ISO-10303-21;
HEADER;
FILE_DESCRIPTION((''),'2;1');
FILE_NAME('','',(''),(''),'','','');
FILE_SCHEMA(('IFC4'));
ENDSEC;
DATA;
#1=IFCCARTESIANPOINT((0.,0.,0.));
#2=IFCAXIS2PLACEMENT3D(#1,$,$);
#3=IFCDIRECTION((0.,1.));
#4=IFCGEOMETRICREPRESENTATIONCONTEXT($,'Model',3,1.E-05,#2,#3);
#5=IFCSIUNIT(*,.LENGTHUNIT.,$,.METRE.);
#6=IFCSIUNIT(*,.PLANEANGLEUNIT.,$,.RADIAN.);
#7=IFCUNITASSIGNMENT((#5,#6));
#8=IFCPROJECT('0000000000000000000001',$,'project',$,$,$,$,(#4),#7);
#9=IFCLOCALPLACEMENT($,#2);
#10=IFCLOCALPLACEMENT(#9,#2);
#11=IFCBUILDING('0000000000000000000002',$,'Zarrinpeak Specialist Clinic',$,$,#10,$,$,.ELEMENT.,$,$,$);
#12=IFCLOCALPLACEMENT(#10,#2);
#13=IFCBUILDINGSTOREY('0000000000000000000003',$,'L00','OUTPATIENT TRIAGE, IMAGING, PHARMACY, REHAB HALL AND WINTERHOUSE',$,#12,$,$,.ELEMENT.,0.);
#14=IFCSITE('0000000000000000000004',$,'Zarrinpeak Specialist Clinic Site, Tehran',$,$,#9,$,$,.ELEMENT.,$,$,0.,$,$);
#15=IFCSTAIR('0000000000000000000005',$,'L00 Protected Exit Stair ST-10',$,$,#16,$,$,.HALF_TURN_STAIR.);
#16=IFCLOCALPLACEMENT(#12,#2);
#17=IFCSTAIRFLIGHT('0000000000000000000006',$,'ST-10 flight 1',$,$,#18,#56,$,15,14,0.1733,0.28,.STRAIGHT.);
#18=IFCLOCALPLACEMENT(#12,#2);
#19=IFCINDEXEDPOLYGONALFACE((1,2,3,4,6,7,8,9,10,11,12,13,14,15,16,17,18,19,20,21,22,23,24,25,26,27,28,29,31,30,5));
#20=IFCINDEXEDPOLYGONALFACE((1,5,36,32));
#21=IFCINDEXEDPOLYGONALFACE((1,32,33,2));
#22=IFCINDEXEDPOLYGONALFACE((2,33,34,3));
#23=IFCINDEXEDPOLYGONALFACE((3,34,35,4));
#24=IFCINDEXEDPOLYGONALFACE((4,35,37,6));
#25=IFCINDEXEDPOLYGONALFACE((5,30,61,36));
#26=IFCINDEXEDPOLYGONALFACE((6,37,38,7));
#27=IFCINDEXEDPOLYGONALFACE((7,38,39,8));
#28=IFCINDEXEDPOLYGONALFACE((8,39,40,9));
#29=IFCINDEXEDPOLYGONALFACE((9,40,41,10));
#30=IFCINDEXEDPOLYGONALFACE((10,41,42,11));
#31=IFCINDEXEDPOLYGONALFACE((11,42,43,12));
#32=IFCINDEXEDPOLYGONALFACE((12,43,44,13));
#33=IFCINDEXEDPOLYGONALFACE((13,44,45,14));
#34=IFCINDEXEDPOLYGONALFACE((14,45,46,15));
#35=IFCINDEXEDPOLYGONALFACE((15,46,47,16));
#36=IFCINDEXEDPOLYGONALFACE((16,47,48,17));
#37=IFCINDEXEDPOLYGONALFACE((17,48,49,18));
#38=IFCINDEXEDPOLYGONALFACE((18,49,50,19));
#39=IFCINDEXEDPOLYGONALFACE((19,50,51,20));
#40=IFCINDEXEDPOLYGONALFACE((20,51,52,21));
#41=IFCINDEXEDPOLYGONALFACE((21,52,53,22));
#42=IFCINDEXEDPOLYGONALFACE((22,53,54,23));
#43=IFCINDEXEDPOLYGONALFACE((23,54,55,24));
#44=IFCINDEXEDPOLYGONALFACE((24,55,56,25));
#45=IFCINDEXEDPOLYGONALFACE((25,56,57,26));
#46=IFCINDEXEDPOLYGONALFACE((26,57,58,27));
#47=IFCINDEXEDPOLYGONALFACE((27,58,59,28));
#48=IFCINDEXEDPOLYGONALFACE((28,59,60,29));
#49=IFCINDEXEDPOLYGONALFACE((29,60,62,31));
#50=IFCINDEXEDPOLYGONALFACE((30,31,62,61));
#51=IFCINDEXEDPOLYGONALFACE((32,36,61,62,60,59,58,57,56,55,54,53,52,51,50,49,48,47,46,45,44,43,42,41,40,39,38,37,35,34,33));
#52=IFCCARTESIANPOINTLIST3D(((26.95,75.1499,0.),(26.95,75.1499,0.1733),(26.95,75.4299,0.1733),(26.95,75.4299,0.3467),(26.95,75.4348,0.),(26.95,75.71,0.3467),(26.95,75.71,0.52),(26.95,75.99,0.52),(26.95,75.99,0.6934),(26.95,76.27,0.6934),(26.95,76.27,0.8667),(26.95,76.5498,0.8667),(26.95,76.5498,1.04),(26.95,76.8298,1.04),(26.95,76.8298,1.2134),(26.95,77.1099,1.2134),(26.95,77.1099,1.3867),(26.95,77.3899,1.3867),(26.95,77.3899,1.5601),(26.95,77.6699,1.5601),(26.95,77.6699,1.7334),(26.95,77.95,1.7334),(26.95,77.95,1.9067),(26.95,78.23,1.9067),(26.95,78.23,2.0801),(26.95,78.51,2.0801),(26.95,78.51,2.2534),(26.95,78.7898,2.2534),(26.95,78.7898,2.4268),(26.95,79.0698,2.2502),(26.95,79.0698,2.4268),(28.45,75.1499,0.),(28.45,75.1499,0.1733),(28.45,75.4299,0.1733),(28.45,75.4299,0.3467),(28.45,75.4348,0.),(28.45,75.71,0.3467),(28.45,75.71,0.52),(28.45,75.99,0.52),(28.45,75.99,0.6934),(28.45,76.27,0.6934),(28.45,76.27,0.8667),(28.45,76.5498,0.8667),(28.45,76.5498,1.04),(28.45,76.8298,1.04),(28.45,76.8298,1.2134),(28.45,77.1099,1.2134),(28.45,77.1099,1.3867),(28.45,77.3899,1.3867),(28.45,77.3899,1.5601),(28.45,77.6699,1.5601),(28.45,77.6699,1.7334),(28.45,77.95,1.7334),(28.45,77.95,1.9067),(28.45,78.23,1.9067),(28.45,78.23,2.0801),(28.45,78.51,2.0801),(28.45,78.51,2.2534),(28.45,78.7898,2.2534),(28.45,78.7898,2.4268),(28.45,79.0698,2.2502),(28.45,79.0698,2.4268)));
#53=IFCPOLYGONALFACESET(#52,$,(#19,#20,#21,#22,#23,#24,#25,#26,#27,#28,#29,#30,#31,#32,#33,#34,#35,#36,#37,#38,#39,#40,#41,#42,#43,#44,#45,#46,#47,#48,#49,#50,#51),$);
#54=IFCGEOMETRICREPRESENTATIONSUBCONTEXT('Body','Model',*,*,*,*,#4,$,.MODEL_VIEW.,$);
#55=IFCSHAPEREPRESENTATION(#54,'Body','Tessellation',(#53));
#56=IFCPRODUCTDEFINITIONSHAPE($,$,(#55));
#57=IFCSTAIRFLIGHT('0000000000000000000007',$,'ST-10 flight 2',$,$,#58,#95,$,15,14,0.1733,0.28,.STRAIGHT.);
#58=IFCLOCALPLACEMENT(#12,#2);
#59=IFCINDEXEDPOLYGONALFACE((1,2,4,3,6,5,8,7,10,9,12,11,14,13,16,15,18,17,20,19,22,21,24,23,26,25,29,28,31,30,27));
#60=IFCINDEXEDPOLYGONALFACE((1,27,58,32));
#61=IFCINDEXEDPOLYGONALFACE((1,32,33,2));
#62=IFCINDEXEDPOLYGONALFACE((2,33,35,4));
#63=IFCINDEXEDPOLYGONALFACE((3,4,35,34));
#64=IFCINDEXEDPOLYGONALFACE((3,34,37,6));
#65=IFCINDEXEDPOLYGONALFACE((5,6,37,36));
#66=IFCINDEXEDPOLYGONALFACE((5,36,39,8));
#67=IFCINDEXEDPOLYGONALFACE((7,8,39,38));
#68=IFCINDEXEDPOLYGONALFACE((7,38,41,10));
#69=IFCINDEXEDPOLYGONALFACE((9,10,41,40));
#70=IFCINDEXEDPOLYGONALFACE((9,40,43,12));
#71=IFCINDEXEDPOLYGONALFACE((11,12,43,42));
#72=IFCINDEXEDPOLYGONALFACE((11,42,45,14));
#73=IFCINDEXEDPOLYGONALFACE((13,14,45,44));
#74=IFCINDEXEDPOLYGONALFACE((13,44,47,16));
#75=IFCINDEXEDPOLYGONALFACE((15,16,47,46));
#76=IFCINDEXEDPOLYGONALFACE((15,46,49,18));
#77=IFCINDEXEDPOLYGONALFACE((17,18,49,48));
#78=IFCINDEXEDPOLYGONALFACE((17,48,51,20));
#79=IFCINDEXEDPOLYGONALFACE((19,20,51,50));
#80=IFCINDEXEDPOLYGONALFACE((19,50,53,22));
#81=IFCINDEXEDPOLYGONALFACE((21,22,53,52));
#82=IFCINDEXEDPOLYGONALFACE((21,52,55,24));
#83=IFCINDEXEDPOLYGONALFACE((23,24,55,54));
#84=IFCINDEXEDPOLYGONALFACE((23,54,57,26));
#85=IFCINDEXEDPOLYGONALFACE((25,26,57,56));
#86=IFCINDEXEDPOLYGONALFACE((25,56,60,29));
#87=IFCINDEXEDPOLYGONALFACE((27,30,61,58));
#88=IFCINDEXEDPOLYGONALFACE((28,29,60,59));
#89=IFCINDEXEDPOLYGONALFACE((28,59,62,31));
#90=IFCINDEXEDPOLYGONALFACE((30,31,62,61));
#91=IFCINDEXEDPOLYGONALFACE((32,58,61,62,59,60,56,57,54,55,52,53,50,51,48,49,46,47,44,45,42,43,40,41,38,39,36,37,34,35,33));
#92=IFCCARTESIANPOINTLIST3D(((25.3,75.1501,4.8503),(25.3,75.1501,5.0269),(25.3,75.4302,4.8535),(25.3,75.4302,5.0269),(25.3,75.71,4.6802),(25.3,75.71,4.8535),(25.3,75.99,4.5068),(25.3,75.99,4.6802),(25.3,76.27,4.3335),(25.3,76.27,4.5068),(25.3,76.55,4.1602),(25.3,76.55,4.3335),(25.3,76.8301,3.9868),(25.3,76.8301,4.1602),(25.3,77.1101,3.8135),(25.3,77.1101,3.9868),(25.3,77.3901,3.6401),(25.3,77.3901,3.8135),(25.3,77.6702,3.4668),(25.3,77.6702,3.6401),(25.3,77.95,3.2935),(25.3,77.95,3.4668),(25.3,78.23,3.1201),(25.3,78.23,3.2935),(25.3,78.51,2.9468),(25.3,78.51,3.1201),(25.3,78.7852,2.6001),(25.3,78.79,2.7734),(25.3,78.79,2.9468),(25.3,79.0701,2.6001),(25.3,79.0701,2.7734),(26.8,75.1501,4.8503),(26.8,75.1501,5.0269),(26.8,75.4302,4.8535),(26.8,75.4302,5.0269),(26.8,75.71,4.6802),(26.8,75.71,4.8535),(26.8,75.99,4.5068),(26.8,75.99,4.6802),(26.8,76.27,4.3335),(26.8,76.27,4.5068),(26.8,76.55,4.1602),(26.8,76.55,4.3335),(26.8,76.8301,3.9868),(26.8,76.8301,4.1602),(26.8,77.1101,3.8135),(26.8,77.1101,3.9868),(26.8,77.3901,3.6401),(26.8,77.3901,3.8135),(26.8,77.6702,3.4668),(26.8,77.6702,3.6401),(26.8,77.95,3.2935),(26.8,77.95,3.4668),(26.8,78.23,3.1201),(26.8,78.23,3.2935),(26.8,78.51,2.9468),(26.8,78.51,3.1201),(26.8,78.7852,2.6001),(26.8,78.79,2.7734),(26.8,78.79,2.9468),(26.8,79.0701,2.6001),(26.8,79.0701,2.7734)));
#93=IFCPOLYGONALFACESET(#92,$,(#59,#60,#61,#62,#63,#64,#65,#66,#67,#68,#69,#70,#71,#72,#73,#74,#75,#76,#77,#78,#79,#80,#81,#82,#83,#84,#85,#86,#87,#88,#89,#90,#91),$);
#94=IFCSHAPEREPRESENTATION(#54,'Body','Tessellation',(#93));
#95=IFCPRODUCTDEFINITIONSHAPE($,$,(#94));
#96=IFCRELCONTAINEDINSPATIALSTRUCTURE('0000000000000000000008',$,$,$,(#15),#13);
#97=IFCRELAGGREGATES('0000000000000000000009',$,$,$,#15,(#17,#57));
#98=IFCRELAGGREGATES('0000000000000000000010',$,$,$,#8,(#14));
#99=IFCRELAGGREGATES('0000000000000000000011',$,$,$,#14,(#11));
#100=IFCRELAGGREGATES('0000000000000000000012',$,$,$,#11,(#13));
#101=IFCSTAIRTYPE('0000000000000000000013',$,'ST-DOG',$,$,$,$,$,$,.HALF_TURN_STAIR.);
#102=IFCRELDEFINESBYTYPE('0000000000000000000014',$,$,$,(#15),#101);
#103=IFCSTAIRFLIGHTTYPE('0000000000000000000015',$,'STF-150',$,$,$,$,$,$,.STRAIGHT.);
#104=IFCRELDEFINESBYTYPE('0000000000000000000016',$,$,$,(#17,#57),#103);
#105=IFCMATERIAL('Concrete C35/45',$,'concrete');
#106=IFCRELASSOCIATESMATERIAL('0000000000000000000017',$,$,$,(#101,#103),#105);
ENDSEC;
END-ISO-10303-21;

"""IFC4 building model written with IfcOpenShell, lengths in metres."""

from ifc_helpers import new_model, si_unit, direction, frame, origin, place, context, subcontext, project, spatial, polyline, outline, extrude, material, type_object, element, aggregate, save


model = new_model("IFC4")

# Units and contexts
model_context = context("Model", 3, precision=1e-05, world=origin(), true_north=direction((0.0, 1.0)))
body_context = subcontext(model_context, "Body", "Model", "MODEL_VIEW")
ifc_project = project(units=[si_unit("LENGTHUNIT", "METRE"), si_unit("PLANEANGLEUNIT", "RADIAN")], contexts=[model_context])

# Site, building, storey
site_placement = place(None, origin())
site = spatial("IfcSite", under=ifc_project, at=site_placement, Name="Zarrinpeak Specialist Clinic Site, Tehran", CompositionType="ELEMENT", RefElevation=0.0)
building_placement = place(site_placement, origin())
building = spatial("IfcBuilding", under=site, at=building_placement, Name="Zarrinpeak Specialist Clinic", CompositionType="ELEMENT")
storey_placement = place(building_placement, origin())
storey = spatial("IfcBuildingStorey", under=building, at=storey_placement, Name="L00", Description="OUTPATIENT TRIAGE, IMAGING, PHARMACY, REHAB HALL AND WINTERHOUSE", CompositionType="ELEMENT", Elevation=0.0)

# Stair, stair flights
ifc_material_1 = material(Name="Concrete C35/45", Category="concrete")
stair_type = type_object("IfcStairType", Name="ST-DOG", PredefinedType="HALF_TURN_STAIR", material=ifc_material_1)
stair_placement = place(storey_placement, origin())
stair = element("IfcStair", 1, at=stair_placement, inside=storey, type_object=stair_type, Name="L00 Protected Exit Stair ST-10", PredefinedType="HALF_TURN_STAIR")
stair_flight_type = type_object("IfcStairFlightType", Name="STF-150", PredefinedType="STRAIGHT", material=ifc_material_1)
stair_flight_1_placement = place(storey_placement, frame((27.7, 75.1499, 0.0), z_axis=(0.0, 0.0, 1.0), x_axis=(0.0, 1.0, 0.0)))
stair_flight_1 = element("IfcStairFlight", 2, at=stair_flight_1_placement, type_object=stair_flight_type, Name="ST-10 flight 1", NumberOfRisers=15, NumberOfTreads=14, PredefinedType="STRAIGHT", RiserHeight=0.1733, TreadLength=0.28, context=body_context, shape_type="SweptSolid", body=[
    extrude(outline(polyline([(0.0, 0.0), (0.0, 0.1733), (0.28, 0.1733), (0.28, 0.3467), (0.5601, 0.3467), (0.5601, 0.52), (0.8401, 0.52), (0.8401, 0.6934), (1.1201, 0.6934), (1.1201, 0.8667), (1.3999, 0.8667), (1.3999, 1.04), (1.6799, 1.04), (1.6799, 1.2134), (1.96, 1.2134), (1.96, 1.3867), (2.24, 1.3867), (2.24, 1.5601), (2.52, 1.5601), (2.52, 1.7334), (2.8, 1.7334), (2.8, 1.9067), (3.0801, 1.9067), (3.0801, 2.0801), (3.3601, 2.0801), (3.3601, 2.2534), (3.6399, 2.2534), (3.6399, 2.4268), (3.9199, 2.4268), (3.9199, 2.6001), (3.9199, 2.2502), (0.2849, 0.0), (0.0, 0.0)])), frame((0.0, 0.75, 0.0), z_axis=(0.0, -1.0, 0.0), x_axis=(1.0, 0.0, 0.0)), (0.0, 0.0, 1.0), 1.5),
])
stair_flight_2_placement = place(storey_placement, frame((26.05, 79.0701, 2.6001), z_axis=(0.0, 0.0, 1.0), x_axis=(0.0, -1.0, 0.0)))
stair_flight_2 = element("IfcStairFlight", 3, at=stair_flight_2_placement, type_object=stair_flight_type, Name="ST-10 flight 2", NumberOfRisers=15, NumberOfTreads=14, PredefinedType="STRAIGHT", RiserHeight=0.1733, TreadLength=0.28, context=body_context, shape_type="SweptSolid", body=[
    extrude(outline(polyline([(0.0, 0.0), (0.0, 0.1733), (0.28, 0.1733), (0.28, 0.3467), (0.5601, 0.3467), (0.5601, 0.52), (0.8401, 0.52), (0.8401, 0.6934), (1.1201, 0.6934), (1.1201, 0.8667), (1.3999, 0.8667), (1.3999, 1.04), (1.6799, 1.04), (1.6799, 1.2134), (1.96, 1.2134), (1.96, 1.3867), (2.24, 1.3867), (2.24, 1.5601), (2.52, 1.5601), (2.52, 1.7334), (2.8, 1.7334), (2.8, 1.9067), (3.0801, 1.9067), (3.0801, 2.0801), (3.3601, 2.0801), (3.3601, 2.2534), (3.6399, 2.2534), (3.6399, 2.4268), (3.9199, 2.4268), (3.9199, 2.6001), (3.9199, 2.2502), (0.2849, 0.0), (0.0, 0.0)])), frame((0.0, 0.75, 0.0), z_axis=(0.0, -1.0, 0.0), x_axis=(1.0, 0.0, 0.0)), (0.0, 0.0, 1.0), 1.5),
])
aggregate(stair, [stair_flight_1, stair_flight_2])

save(model, "model.ifc")
